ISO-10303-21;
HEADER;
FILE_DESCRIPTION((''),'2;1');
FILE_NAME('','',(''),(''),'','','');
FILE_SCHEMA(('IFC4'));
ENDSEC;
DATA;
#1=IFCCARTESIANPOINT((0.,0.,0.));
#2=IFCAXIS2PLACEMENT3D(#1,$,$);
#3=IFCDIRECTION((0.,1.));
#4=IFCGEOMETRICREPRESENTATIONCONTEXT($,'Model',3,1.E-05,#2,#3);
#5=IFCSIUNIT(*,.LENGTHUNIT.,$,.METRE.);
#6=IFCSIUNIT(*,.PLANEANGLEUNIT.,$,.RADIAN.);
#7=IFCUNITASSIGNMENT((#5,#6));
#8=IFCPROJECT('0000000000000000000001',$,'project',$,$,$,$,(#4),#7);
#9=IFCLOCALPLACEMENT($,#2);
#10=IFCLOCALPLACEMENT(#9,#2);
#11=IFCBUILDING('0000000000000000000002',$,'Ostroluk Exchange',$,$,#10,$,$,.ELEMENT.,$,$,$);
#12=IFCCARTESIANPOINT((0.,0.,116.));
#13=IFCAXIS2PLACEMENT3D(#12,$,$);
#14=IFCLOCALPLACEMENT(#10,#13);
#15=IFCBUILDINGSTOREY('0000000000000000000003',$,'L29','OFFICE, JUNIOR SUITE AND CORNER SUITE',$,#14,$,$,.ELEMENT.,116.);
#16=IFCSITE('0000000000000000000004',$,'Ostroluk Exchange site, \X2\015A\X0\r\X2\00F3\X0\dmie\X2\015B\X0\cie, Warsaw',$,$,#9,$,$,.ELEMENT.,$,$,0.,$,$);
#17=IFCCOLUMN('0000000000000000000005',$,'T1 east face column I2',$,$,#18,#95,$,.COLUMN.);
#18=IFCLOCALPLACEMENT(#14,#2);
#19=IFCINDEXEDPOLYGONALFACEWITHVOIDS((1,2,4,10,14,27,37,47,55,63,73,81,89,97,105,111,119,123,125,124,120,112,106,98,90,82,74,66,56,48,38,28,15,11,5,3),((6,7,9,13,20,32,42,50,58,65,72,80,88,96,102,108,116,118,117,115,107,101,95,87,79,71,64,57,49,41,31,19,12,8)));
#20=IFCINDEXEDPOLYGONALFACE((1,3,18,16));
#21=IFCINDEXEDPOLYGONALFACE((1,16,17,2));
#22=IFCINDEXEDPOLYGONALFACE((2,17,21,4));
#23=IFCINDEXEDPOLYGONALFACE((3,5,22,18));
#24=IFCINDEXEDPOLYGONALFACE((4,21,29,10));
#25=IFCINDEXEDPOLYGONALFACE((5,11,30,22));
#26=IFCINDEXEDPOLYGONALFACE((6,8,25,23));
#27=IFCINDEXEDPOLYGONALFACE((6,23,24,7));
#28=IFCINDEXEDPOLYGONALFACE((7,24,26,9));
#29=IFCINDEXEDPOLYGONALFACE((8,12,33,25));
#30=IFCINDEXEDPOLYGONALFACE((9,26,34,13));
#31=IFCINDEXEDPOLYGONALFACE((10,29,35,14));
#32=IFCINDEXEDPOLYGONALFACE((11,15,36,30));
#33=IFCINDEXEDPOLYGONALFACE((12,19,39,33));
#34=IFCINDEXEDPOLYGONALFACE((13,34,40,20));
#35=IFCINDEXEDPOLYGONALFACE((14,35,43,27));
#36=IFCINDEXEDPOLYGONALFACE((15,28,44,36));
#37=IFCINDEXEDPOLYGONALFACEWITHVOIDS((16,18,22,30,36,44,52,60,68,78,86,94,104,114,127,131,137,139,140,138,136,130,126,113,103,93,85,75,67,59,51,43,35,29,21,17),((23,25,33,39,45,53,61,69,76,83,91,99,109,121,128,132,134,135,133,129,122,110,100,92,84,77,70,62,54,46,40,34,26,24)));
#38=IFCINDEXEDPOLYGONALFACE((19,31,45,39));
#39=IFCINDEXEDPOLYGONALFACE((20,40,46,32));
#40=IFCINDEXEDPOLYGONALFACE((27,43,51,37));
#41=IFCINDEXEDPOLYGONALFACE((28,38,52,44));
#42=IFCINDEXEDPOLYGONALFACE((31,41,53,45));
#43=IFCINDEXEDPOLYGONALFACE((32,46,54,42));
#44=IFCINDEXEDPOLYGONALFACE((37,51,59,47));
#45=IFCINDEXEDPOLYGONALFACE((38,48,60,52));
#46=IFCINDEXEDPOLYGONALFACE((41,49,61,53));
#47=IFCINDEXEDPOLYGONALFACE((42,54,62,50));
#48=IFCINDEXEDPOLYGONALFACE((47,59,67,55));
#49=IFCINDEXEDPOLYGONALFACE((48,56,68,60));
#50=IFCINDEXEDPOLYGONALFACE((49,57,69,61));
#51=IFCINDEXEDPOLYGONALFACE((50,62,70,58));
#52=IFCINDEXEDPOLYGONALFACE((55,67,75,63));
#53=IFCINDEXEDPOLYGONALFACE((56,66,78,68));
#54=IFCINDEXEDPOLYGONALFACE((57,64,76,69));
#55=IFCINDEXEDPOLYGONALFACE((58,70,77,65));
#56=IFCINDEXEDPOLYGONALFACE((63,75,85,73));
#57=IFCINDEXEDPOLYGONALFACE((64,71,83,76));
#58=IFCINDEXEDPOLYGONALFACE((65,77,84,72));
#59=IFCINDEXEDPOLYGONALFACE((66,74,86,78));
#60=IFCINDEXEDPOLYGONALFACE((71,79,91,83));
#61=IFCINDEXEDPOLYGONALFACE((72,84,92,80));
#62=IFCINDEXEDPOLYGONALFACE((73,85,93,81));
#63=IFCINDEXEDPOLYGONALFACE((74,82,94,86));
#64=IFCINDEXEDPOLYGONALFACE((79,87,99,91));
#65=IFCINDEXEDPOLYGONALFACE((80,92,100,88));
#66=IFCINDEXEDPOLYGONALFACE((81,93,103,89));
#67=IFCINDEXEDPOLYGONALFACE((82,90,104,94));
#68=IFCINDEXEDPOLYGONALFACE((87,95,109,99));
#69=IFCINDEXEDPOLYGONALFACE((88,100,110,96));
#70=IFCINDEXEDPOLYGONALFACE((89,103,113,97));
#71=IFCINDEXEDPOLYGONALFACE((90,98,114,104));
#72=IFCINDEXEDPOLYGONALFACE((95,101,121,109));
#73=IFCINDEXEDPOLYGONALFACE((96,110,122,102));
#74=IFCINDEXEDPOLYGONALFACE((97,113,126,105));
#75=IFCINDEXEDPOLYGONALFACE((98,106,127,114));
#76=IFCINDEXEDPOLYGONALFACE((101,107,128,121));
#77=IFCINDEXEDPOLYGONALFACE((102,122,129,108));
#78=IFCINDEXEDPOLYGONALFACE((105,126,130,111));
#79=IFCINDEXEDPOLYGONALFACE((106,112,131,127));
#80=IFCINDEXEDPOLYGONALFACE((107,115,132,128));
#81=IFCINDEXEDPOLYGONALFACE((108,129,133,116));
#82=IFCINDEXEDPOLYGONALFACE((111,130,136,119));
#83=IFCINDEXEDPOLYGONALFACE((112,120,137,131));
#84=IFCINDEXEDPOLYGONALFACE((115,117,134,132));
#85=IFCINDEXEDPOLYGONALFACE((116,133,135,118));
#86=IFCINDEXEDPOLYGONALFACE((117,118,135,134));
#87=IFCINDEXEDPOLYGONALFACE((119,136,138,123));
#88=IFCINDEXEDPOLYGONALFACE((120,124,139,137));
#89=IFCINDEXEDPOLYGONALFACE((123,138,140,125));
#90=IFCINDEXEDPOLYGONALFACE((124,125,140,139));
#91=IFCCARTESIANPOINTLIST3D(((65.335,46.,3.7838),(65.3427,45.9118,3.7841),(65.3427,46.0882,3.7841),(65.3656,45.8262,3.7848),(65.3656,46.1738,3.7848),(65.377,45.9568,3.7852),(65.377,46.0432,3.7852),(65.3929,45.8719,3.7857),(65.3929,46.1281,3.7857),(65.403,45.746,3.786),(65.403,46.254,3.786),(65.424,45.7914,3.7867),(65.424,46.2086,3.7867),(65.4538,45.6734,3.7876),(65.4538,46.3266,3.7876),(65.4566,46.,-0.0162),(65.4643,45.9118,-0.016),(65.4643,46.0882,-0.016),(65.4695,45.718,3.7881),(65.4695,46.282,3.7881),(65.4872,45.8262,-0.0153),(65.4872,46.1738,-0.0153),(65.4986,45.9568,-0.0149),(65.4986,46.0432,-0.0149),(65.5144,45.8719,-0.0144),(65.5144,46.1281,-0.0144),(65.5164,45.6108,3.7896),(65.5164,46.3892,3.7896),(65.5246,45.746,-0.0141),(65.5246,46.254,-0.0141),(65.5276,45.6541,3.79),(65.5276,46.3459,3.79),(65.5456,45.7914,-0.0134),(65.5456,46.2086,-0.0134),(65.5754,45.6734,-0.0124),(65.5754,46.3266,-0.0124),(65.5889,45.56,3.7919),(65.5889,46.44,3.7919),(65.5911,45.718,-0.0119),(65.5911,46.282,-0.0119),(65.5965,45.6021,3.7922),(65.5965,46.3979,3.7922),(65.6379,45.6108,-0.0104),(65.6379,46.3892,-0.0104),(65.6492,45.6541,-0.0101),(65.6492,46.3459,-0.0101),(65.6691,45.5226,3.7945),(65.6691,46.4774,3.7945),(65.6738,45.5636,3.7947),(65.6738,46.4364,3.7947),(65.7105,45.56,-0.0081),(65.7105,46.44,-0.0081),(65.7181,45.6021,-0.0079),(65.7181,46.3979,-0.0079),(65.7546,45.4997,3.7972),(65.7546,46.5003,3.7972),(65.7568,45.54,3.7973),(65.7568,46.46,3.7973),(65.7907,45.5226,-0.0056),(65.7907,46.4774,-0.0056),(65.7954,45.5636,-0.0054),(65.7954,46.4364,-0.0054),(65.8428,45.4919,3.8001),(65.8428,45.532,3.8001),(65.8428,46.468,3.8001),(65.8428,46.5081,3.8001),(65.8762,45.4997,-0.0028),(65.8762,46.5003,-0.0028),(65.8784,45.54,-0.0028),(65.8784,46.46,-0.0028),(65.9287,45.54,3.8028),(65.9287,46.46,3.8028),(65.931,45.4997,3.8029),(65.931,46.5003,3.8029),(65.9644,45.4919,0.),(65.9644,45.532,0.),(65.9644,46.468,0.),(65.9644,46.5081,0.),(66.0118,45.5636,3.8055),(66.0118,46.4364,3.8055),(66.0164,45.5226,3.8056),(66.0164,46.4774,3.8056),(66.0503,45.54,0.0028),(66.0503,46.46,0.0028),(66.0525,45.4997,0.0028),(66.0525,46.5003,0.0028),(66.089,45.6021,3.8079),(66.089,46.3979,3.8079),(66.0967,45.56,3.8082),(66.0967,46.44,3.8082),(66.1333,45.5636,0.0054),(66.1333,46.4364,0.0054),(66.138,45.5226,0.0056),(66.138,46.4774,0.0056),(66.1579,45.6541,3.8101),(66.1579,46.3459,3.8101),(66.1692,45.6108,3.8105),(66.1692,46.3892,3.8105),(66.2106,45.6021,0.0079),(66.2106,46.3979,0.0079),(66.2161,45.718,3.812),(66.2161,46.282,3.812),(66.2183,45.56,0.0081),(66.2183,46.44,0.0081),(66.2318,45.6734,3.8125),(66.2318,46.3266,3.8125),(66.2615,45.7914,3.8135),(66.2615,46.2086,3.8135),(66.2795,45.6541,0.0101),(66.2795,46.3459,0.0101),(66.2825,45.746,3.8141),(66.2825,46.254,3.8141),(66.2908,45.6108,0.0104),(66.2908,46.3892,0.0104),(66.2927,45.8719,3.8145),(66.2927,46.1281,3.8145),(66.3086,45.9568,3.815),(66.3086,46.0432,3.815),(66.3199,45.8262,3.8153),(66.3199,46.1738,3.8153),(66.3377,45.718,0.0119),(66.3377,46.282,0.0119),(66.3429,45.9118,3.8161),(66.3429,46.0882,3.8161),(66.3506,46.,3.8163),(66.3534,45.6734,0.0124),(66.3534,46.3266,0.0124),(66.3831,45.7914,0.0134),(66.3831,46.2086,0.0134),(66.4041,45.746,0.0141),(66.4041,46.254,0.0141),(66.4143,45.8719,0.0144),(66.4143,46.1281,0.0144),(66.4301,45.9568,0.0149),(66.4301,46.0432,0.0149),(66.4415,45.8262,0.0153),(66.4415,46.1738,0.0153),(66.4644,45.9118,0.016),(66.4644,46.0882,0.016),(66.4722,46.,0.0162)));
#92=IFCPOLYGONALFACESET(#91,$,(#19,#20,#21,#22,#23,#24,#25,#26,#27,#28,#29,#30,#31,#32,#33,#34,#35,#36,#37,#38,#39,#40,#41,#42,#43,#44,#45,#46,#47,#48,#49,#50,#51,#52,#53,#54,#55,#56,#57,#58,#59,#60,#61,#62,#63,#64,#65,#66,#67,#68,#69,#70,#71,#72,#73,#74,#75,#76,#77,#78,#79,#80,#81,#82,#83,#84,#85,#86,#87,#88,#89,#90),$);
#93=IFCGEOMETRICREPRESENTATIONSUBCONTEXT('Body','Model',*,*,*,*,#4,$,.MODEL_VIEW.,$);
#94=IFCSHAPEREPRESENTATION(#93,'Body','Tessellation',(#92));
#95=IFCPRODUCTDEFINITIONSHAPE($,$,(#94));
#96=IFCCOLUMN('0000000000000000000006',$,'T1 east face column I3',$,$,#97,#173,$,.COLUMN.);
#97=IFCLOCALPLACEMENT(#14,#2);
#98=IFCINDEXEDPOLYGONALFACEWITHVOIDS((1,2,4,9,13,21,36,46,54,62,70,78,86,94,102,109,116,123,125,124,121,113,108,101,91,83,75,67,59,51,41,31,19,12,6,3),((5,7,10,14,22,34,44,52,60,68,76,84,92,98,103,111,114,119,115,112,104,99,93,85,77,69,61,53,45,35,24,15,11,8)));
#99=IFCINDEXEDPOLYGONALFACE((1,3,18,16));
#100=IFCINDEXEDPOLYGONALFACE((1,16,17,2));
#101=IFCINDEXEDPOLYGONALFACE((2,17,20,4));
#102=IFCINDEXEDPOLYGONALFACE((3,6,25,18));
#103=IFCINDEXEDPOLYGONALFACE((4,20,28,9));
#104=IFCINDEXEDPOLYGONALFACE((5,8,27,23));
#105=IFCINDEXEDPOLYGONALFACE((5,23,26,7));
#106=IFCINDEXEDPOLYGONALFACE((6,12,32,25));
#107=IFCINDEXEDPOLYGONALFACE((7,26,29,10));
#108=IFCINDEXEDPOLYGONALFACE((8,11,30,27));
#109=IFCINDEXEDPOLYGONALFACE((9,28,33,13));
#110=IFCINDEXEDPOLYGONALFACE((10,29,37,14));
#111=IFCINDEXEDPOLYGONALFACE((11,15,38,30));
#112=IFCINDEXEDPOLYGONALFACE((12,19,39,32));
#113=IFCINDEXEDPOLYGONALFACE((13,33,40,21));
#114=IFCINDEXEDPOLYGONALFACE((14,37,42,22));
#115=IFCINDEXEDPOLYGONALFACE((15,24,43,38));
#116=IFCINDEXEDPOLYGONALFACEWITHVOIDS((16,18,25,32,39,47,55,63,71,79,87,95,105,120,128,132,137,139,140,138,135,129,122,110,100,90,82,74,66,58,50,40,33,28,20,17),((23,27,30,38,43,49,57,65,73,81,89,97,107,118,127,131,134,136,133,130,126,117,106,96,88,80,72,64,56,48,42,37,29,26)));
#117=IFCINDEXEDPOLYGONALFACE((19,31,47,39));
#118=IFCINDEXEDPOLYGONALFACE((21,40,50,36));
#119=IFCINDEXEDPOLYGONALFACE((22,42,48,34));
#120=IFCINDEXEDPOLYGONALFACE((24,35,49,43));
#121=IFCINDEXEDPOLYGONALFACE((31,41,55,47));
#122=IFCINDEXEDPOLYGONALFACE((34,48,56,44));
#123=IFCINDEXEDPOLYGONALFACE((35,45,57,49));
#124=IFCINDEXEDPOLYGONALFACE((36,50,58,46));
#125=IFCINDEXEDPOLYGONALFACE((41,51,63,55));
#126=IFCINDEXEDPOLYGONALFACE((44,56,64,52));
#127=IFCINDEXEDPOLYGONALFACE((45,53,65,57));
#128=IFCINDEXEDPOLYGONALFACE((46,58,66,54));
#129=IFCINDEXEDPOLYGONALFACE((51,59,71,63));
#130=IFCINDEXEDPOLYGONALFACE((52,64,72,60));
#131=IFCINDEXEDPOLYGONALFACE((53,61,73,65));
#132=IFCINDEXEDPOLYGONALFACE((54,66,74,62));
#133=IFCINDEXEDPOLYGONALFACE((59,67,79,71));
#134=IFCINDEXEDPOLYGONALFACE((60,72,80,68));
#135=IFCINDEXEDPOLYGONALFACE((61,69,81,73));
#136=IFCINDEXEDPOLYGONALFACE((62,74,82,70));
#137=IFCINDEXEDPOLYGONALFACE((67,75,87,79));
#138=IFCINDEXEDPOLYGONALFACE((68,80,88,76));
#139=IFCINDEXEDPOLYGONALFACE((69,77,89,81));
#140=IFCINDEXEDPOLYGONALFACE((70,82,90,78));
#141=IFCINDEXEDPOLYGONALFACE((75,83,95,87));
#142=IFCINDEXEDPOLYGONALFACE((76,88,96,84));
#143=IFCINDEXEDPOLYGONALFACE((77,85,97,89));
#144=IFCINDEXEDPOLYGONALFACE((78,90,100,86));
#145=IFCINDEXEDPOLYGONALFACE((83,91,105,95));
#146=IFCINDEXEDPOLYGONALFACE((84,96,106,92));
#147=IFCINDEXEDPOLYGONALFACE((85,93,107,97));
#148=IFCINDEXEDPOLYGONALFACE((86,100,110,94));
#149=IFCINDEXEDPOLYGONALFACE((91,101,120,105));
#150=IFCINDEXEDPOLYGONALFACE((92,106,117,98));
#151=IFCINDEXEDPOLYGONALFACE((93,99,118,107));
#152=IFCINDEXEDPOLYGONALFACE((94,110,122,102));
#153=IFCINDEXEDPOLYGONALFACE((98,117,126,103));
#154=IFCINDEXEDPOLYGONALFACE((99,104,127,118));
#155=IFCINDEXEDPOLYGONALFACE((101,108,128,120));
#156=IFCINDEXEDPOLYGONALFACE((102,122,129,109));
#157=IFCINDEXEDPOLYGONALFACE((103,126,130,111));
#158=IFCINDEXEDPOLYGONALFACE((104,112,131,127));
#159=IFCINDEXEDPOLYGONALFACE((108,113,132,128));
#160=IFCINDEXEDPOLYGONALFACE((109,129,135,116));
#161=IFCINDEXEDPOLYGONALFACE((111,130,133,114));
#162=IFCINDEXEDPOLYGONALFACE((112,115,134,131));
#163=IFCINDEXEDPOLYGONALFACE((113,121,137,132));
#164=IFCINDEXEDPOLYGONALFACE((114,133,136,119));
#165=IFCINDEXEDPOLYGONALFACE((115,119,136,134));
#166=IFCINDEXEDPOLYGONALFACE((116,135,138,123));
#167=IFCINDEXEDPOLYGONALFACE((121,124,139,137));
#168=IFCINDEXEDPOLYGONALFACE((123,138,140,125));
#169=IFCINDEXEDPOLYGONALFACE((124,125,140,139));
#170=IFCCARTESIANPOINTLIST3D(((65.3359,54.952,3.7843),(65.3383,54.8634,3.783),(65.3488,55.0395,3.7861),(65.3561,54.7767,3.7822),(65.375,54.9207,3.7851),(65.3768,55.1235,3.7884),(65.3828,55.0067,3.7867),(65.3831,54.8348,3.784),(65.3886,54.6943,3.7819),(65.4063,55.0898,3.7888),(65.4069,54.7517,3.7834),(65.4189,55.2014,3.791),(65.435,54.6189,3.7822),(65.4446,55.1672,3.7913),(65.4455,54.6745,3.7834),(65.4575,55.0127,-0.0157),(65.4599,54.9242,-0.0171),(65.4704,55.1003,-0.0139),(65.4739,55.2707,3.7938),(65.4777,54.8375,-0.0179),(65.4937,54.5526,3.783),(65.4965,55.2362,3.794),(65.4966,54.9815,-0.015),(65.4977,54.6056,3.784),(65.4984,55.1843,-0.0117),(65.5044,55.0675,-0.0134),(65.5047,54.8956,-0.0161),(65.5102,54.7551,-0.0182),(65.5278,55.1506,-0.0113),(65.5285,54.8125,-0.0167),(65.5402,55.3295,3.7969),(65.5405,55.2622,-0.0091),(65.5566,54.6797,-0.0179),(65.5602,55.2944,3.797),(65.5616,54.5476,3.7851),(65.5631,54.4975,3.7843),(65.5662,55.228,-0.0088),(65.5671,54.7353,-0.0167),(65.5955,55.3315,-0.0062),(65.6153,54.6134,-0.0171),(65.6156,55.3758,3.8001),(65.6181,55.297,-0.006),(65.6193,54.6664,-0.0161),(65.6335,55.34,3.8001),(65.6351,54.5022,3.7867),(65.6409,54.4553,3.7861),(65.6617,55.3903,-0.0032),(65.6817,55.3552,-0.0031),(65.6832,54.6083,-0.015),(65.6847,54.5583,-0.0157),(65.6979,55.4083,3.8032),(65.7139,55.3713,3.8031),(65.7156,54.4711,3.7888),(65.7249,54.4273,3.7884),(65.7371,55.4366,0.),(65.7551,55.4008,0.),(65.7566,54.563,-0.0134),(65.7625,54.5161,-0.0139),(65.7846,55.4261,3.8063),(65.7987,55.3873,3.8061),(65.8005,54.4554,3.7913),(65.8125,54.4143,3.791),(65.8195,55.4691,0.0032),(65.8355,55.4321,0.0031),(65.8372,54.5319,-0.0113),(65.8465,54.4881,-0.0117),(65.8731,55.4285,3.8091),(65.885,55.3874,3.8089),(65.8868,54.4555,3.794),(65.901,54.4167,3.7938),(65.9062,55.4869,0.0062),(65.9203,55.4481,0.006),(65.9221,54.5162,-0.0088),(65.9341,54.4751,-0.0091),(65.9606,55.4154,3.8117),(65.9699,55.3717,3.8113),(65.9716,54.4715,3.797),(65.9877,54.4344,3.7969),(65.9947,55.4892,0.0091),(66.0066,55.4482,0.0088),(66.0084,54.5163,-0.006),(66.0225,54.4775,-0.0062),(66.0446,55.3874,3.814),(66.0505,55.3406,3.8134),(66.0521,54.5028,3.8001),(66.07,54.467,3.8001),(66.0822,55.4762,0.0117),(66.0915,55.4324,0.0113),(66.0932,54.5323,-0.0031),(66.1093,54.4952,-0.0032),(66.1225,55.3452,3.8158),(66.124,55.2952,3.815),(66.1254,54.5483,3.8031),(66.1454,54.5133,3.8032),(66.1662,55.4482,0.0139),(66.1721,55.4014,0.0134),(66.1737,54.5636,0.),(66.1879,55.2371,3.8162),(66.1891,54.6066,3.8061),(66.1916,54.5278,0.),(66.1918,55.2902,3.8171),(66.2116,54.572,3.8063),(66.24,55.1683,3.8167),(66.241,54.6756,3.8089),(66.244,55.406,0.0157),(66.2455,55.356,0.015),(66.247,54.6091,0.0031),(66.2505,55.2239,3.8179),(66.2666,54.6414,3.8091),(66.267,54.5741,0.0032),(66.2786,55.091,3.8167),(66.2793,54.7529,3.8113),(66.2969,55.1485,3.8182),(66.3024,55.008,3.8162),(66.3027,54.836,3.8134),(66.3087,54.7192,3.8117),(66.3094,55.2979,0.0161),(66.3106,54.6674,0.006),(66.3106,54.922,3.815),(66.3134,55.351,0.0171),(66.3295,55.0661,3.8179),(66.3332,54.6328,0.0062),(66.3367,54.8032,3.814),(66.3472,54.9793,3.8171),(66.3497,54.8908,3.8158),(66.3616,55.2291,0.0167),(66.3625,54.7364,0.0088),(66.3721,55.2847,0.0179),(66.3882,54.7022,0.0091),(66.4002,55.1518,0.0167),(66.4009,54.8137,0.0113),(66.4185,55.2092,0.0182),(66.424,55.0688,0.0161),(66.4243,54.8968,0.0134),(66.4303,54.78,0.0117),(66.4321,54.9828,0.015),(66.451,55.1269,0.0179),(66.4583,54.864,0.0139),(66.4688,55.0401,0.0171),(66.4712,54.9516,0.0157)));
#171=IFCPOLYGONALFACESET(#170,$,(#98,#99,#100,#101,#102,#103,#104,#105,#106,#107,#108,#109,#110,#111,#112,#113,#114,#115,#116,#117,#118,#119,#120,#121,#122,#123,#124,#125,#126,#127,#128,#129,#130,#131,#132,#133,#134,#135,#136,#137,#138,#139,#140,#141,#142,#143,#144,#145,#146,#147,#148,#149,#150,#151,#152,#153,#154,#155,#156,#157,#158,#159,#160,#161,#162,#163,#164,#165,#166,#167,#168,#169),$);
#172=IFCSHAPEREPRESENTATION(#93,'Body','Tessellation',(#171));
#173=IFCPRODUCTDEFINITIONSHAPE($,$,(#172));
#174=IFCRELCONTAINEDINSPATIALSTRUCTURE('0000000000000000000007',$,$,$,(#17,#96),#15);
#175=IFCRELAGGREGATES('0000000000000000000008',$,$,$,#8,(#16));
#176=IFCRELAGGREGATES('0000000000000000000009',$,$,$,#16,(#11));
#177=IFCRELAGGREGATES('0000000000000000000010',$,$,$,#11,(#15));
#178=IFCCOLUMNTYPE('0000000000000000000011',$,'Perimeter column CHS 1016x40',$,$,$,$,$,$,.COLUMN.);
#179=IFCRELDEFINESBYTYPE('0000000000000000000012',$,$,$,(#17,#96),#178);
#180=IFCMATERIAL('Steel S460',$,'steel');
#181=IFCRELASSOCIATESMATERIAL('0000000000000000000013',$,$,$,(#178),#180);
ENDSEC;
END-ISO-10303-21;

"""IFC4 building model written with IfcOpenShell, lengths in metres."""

from ifc_helpers import new_model, si_unit, direction, frame, origin, origin_2d, place, context, subcontext, project, spatial, hollow_circle, extrude, material, material_profile, profile_set, type_object, element, save


model = new_model("IFC4")

# Units and contexts
model_context = context("Model", 3, precision=1e-05, world=origin(), true_north=direction((0.0, 1.0)))
body_context = subcontext(model_context, "Body", "Model", "MODEL_VIEW")
ifc_project = project(units=[si_unit("LENGTHUNIT", "METRE"), si_unit("PLANEANGLEUNIT", "RADIAN")], contexts=[model_context])

# Site, building, storey
site_placement = place(None, origin())
site = spatial("IfcSite", under=ifc_project, at=site_placement, Name="Ostroluk Exchange site, Śródmieście, Warsaw", CompositionType="ELEMENT", RefElevation=0.0)
building_placement = place(site_placement, origin())
building = spatial("IfcBuilding", under=site, at=building_placement, Name="Ostroluk Exchange", CompositionType="ELEMENT")
storey_placement = place(building_placement, frame((0.0, 0.0, 116.0)))
storey = spatial("IfcBuildingStorey", under=building, at=storey_placement, Name="L29", Description="OFFICE, JUNIOR SUITE AND CORNER SUITE", CompositionType="ELEMENT", Elevation=116.0)

# Columns
ifc_material_1 = material(Name="Steel S460", Category="steel")
ifc_material_profile_1 = material_profile(ifc_material_1, hollow_circle(Radius=0.5081, WallThickness=0.04, at=origin_2d()), Name="CHS 1016x40")
ifc_profile_set_1 = profile_set([ifc_material_profile_1], Name="Steel S460")
column_type = type_object("IfcColumnType", Name="Perimeter column CHS 1016x40", PredefinedType="COLUMN", material=ifc_profile_set_1)
column_1_placement = place(storey_placement, frame((65.9644, 46.0, 0.0), z_axis=(-0.031978, 0.0, 0.999489), x_axis=(0.0, -1.0, 0.0)))
element("IfcColumn", 1, at=column_1_placement, inside=storey, type_object=column_type, Name="T1 east face column I2", PredefinedType="COLUMN", context=body_context, shape_type="SweptSolid", body=[
    extrude(hollow_circle(Radius=0.5081, WallThickness=0.04, at=origin_2d()), origin(), (0.0, 0.0, 1.0), 3.802),
])
column_2_placement = place(storey_placement, frame((65.9644, 54.9822, 0.0), z_axis=(-0.031974, -0.015987, 0.999361), x_axis=(0.447214, -0.894427, 0.0)))
element("IfcColumn", 2, at=column_2_placement, inside=storey, type_object=column_type, Name="T1 east face column I3", PredefinedType="COLUMN", context=body_context, shape_type="SweptSolid", body=[
    extrude(hollow_circle(Radius=0.5081, WallThickness=0.04, at=origin_2d()), origin(), (0.0, 0.0, 1.0), 3.8025),
])

save(model, "model.ifc")
